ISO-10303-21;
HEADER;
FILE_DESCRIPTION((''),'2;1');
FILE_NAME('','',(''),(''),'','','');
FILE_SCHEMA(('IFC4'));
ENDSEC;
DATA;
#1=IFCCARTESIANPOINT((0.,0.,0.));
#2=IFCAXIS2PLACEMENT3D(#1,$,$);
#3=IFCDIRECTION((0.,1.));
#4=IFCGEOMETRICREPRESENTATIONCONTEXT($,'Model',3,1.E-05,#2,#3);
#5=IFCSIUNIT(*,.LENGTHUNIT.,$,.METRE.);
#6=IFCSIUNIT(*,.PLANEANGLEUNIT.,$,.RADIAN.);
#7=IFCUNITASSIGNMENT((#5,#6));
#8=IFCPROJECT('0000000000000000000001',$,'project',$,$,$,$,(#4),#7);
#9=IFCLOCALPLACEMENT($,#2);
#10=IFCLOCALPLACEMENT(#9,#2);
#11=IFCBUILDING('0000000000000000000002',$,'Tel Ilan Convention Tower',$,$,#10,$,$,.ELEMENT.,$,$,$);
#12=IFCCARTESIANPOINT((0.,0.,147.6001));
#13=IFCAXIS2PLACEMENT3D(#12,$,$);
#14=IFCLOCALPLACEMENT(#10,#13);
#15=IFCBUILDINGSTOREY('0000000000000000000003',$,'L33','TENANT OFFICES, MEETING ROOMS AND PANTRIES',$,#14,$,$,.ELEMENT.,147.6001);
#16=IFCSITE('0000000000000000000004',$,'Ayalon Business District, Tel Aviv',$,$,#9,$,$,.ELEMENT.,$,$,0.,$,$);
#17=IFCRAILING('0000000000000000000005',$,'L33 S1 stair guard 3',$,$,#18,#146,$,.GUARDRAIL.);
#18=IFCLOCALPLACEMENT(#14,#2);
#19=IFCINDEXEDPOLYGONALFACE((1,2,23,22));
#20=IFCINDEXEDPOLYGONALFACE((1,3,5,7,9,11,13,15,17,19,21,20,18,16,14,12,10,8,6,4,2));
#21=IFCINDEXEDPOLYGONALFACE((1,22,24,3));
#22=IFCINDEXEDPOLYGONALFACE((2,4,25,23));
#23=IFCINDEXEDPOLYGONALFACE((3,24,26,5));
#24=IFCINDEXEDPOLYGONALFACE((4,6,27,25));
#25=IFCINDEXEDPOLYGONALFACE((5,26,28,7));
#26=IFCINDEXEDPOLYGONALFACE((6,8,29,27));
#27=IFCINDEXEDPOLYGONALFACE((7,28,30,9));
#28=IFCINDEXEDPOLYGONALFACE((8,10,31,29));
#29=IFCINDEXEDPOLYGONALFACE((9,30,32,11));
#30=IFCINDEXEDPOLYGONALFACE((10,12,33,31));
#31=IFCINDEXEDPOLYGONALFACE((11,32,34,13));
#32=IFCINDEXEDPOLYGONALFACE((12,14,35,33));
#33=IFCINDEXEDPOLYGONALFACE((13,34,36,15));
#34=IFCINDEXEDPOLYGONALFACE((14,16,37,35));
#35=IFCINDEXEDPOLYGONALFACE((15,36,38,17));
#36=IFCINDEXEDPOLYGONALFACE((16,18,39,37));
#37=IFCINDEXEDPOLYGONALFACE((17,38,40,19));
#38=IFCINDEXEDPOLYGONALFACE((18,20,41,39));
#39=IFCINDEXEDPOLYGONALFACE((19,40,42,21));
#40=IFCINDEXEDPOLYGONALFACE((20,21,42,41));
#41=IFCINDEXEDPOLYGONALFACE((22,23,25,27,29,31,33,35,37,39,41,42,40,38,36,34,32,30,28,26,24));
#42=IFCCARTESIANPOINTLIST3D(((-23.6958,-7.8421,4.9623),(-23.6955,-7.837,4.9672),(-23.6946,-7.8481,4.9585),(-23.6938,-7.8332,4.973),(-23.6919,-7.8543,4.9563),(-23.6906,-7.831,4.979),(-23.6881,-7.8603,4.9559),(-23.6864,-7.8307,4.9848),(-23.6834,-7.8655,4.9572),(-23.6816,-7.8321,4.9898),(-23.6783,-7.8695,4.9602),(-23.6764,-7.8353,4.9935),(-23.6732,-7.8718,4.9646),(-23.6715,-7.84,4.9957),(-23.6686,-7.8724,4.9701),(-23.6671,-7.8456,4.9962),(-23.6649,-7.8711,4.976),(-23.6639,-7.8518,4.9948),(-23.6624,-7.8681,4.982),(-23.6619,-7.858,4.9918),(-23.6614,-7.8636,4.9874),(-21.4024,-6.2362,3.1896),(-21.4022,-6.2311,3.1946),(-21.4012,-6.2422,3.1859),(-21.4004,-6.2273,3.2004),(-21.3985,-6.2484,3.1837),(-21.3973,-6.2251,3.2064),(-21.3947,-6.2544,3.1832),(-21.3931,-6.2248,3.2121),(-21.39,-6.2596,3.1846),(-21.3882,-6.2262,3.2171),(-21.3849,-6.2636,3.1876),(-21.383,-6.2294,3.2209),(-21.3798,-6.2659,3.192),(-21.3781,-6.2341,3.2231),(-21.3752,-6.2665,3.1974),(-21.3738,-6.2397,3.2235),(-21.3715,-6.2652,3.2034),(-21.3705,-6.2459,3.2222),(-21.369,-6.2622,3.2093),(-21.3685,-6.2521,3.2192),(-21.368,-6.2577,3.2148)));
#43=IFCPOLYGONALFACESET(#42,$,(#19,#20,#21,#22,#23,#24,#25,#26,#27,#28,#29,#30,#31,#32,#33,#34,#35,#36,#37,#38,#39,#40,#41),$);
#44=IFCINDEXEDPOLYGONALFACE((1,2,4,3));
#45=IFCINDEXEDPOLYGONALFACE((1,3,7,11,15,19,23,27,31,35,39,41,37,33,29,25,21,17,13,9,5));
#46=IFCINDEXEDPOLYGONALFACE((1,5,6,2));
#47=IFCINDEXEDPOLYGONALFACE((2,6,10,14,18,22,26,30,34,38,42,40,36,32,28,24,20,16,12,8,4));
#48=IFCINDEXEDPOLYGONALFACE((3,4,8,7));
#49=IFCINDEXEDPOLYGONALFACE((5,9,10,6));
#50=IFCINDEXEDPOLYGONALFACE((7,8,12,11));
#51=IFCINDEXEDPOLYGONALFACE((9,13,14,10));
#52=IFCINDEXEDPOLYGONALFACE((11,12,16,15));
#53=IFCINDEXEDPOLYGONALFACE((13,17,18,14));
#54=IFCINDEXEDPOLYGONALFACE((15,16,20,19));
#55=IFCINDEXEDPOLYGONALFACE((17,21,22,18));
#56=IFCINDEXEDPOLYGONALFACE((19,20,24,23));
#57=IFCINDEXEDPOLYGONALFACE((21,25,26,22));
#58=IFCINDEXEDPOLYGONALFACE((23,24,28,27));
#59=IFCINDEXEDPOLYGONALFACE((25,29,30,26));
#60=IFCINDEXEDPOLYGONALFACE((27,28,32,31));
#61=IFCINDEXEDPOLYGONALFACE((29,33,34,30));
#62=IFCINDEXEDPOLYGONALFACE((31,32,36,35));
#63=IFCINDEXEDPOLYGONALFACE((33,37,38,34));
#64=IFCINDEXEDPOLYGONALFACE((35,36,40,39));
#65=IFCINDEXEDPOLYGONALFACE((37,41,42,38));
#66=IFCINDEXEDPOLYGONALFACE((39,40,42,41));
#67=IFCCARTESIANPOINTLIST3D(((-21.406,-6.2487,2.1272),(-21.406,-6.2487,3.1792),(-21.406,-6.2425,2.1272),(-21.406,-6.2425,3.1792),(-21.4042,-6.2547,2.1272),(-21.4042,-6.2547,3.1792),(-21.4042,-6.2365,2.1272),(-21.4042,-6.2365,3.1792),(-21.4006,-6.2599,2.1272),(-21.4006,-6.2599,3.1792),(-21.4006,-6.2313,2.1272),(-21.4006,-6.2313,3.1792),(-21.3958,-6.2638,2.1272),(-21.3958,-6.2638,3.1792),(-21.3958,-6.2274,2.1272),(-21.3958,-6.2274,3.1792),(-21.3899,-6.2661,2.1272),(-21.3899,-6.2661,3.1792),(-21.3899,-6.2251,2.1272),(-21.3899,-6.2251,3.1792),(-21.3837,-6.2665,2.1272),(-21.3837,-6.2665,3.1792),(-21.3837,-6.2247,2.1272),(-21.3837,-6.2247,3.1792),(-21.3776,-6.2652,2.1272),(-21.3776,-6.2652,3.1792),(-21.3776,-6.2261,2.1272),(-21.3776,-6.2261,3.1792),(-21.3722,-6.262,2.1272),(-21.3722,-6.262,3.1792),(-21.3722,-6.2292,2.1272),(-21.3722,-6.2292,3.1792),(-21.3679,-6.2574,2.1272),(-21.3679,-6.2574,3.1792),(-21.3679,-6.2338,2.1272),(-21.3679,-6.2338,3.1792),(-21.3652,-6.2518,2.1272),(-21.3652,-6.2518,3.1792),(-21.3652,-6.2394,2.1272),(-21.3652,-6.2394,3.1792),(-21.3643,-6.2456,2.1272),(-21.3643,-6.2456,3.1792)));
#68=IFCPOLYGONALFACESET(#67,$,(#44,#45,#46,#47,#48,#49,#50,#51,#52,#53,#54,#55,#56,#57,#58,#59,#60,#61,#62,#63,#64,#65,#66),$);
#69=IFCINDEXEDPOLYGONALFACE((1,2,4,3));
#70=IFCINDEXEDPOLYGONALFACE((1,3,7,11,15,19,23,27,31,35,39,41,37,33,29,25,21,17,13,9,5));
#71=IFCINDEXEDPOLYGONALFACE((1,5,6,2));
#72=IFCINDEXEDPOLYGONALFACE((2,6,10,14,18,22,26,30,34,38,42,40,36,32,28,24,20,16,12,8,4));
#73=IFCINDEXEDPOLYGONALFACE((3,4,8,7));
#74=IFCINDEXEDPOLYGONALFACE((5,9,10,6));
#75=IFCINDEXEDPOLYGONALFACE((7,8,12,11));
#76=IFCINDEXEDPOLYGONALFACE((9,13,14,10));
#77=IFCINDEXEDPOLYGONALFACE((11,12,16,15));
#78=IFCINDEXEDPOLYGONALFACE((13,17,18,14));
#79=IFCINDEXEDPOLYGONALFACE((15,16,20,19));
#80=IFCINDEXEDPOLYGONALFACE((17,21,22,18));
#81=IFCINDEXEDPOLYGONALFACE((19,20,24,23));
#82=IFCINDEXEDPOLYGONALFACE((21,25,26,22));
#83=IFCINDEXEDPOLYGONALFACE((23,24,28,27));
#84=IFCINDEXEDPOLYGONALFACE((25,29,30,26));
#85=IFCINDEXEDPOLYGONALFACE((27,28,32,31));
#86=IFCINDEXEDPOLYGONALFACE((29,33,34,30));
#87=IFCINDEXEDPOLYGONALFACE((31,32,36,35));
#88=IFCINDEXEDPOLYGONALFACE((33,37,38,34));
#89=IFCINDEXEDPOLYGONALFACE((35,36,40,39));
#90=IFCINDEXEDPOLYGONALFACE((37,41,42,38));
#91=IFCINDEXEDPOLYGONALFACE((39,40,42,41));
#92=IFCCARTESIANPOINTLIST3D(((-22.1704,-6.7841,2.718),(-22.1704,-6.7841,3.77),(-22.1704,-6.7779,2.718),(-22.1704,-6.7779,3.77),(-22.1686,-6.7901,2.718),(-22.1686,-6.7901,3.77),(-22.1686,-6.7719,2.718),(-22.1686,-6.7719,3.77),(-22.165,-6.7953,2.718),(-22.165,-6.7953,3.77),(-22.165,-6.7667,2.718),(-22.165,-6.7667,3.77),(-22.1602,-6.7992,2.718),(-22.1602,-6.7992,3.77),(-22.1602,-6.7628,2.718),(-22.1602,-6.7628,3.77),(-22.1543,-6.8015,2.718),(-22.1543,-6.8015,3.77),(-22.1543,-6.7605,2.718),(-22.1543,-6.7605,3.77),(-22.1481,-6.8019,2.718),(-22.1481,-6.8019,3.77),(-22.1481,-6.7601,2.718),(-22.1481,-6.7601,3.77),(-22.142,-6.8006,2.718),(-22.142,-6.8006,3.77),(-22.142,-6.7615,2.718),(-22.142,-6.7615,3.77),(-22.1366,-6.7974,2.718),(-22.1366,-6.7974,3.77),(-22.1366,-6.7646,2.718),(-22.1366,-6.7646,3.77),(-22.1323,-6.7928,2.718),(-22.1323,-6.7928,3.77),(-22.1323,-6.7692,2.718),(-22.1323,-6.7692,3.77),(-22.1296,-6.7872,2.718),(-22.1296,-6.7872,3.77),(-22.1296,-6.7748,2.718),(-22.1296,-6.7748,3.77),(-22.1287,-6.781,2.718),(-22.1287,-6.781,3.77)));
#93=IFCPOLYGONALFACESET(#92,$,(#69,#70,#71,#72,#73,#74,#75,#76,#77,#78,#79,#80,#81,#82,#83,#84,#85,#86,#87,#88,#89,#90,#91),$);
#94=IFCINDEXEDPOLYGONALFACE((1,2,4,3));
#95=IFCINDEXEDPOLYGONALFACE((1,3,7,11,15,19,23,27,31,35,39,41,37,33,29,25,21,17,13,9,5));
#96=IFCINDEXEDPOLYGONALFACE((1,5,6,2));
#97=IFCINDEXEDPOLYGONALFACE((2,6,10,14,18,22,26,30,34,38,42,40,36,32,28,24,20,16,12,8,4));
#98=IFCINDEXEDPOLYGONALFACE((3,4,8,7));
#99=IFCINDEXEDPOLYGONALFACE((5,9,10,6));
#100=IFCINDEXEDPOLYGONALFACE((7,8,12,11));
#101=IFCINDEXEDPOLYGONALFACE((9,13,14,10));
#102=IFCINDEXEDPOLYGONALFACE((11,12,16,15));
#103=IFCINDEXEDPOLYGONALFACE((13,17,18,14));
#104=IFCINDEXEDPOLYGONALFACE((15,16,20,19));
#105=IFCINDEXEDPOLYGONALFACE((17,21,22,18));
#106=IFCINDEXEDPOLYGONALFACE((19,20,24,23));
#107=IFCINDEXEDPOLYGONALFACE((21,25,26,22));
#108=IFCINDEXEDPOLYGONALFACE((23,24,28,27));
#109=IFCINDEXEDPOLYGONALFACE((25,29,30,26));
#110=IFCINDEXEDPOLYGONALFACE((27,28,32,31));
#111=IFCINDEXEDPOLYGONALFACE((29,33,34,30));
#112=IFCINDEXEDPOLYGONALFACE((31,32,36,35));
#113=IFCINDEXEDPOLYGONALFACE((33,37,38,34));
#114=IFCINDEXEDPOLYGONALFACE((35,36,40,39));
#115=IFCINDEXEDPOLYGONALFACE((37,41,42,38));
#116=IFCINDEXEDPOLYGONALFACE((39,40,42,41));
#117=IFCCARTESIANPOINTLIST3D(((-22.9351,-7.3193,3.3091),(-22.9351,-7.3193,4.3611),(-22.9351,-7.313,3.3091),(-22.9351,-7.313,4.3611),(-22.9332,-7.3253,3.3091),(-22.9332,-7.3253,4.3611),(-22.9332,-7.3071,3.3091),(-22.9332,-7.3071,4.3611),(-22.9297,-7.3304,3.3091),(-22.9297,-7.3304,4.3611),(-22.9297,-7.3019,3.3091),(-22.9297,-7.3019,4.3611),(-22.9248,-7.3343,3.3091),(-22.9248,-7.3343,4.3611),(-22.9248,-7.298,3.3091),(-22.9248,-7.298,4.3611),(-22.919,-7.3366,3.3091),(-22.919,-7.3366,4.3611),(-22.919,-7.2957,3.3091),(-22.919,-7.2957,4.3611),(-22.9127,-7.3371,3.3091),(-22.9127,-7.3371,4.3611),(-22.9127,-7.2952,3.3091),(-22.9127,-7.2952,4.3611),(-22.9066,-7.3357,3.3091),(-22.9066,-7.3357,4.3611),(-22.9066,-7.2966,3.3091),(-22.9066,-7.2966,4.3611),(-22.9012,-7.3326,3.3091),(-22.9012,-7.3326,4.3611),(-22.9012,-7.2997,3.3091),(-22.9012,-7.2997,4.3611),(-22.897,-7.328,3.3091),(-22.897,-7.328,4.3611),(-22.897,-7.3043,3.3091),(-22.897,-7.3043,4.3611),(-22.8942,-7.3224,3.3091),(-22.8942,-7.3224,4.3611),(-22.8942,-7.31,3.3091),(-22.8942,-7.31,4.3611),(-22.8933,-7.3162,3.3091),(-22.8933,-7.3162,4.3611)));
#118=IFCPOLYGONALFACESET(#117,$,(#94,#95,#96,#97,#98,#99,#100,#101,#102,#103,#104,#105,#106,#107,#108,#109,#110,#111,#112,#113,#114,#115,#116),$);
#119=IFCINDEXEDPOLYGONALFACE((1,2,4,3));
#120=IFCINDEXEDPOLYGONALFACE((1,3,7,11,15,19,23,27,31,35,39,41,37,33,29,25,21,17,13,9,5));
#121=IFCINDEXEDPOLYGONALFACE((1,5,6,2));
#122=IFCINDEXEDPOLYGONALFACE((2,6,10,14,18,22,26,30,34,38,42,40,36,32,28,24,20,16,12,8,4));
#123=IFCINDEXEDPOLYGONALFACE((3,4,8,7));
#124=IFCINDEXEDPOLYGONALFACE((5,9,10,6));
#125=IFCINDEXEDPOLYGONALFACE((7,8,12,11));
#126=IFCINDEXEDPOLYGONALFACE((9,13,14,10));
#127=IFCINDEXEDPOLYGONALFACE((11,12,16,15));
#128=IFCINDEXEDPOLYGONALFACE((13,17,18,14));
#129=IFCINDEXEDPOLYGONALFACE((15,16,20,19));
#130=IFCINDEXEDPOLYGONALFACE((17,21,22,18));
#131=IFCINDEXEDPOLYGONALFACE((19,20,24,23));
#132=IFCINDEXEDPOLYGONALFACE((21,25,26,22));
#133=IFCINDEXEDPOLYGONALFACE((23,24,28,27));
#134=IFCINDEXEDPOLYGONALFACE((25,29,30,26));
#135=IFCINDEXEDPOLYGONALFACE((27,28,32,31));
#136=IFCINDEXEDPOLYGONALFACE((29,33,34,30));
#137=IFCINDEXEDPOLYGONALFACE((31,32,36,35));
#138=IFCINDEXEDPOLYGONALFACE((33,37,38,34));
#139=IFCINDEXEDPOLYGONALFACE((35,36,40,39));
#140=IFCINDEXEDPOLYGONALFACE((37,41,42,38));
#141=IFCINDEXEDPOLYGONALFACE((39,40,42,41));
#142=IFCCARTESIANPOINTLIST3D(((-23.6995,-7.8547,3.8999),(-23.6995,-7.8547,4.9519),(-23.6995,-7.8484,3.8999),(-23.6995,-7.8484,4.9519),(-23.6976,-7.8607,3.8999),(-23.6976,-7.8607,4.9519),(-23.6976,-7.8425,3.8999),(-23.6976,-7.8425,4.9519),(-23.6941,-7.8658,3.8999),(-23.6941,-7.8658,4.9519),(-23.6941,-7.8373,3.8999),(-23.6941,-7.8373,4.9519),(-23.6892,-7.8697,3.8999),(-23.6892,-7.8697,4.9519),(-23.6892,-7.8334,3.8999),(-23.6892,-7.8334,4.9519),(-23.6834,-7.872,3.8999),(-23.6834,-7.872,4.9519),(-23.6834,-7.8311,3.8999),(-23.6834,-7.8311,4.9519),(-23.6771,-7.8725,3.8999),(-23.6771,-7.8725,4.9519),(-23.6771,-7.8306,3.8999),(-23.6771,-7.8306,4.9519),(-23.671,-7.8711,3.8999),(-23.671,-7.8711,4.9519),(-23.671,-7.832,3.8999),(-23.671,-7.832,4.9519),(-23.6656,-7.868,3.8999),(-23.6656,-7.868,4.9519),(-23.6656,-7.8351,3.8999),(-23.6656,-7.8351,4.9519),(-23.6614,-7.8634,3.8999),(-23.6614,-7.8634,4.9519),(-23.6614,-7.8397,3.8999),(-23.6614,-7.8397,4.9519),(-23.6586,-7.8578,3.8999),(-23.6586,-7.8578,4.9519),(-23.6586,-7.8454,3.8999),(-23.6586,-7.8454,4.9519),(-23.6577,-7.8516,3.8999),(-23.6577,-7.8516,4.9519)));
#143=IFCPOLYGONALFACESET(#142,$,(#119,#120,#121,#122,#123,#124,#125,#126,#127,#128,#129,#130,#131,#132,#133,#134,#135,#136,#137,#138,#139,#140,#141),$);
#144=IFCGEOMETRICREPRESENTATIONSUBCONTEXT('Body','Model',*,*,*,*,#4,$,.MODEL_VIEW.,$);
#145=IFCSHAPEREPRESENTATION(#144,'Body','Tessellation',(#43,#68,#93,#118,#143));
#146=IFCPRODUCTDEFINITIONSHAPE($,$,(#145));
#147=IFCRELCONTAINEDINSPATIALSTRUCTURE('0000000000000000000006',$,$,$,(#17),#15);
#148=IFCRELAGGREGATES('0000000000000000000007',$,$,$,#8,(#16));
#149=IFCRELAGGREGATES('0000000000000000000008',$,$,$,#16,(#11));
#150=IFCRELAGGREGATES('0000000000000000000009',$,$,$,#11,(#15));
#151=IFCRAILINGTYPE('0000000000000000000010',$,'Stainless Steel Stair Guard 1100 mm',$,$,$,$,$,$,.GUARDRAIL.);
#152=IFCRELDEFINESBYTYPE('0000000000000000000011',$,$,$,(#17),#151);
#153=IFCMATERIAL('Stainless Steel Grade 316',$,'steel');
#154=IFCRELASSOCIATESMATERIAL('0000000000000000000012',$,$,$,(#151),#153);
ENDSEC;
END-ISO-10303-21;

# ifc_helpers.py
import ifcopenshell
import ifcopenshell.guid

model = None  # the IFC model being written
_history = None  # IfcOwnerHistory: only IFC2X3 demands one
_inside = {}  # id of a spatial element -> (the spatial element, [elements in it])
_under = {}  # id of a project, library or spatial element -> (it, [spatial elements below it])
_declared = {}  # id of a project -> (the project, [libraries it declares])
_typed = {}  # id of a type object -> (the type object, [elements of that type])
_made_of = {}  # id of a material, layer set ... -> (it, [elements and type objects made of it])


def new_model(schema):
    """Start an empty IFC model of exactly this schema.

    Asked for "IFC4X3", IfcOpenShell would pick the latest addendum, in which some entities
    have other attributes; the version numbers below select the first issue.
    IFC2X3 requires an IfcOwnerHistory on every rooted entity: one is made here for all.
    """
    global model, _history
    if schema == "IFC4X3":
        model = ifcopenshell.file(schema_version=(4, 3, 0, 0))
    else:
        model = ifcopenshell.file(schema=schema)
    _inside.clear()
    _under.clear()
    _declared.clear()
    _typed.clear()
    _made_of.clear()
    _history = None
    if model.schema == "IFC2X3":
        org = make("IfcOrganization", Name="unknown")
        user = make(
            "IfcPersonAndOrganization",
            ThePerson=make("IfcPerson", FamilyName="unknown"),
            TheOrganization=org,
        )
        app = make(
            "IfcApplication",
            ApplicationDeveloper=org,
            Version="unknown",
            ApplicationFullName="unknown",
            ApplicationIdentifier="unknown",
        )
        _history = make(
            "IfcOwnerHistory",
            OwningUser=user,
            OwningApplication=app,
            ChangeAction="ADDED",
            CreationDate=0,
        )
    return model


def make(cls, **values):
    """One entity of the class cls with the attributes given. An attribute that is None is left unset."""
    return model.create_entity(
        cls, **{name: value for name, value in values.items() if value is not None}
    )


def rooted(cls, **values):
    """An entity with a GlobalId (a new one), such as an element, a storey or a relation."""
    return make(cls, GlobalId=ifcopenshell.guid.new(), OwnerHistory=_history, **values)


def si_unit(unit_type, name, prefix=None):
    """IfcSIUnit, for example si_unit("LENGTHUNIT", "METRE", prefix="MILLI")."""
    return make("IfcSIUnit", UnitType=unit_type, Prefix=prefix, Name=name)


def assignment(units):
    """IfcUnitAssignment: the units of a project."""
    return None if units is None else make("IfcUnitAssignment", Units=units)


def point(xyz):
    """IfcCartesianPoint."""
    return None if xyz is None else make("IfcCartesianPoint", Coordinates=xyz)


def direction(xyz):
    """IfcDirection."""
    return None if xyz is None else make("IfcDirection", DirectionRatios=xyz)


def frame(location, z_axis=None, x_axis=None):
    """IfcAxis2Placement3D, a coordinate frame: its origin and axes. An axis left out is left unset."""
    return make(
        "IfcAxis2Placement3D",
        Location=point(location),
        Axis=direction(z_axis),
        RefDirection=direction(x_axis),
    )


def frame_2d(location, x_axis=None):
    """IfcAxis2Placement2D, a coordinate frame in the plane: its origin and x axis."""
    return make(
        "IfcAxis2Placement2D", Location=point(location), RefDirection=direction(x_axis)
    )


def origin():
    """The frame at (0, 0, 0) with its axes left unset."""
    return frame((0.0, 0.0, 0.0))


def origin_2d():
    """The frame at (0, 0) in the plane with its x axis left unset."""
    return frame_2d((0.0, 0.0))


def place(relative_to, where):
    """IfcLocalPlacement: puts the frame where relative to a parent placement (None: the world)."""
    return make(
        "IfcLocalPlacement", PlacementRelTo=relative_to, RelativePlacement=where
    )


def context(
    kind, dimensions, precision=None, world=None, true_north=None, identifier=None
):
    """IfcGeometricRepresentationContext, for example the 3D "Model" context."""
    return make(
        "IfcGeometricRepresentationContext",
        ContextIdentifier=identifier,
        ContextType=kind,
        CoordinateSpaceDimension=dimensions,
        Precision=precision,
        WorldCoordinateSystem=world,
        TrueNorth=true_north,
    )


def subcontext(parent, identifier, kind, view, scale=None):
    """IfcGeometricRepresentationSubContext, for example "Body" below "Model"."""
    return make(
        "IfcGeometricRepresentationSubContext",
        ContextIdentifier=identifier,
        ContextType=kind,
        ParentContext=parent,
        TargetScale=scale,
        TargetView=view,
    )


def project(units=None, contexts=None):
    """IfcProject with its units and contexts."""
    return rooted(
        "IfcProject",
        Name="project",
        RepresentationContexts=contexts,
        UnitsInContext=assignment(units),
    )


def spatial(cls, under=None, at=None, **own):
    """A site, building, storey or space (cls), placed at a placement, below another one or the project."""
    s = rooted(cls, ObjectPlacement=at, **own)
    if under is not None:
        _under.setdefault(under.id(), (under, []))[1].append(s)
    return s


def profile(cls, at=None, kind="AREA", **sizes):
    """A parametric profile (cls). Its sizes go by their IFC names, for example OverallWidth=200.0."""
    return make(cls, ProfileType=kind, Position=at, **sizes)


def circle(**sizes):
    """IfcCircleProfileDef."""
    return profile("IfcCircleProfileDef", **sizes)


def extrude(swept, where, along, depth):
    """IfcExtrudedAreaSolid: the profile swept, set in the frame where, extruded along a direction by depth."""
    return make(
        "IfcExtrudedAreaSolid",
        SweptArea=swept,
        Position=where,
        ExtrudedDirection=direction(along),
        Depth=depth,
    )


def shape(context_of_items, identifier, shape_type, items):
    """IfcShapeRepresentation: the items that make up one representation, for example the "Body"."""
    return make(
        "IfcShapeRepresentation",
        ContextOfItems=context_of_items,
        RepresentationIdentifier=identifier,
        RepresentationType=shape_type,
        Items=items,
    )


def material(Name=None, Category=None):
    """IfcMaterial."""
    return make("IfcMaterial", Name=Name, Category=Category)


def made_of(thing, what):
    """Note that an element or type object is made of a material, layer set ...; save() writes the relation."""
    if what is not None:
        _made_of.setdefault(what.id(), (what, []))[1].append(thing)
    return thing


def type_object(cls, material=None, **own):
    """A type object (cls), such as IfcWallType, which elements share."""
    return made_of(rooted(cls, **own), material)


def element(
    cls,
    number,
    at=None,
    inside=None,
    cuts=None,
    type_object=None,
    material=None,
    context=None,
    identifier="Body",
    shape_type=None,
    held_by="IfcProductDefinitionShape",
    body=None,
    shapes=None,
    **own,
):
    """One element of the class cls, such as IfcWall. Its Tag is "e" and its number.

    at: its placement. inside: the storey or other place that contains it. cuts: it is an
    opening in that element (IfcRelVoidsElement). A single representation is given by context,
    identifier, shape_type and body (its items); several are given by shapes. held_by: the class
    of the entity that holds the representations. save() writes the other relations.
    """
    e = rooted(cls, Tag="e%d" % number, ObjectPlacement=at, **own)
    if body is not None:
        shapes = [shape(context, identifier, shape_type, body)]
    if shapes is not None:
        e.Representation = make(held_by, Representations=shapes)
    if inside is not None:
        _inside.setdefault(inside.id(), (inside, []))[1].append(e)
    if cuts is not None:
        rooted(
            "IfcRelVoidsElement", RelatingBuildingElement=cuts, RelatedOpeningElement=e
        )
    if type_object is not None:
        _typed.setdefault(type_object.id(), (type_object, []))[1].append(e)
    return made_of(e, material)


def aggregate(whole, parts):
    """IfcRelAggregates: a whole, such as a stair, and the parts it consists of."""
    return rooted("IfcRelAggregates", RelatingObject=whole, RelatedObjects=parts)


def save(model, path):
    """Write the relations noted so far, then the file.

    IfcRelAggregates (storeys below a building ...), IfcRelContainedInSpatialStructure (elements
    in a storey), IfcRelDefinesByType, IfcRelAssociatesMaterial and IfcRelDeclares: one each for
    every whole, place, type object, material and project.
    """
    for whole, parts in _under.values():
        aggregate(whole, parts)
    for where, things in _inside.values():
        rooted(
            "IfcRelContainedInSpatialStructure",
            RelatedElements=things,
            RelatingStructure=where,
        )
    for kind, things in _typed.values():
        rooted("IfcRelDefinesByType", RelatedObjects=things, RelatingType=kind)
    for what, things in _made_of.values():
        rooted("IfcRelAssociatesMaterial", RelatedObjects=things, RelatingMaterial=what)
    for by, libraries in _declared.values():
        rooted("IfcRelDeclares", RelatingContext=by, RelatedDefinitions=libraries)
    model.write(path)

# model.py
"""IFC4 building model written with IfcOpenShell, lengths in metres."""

from ifc_helpers import new_model, si_unit, direction, frame, origin, origin_2d, place, context, subcontext, project, spatial, circle, extrude, material, type_object, element, save


model = new_model("IFC4")

# Units and contexts
model_context = context("Model", 3, precision=1e-05, world=origin(), true_north=direction((0.0, 1.0)))
body_context = subcontext(model_context, "Body", "Model", "MODEL_VIEW")
ifc_project = project(units=[si_unit("LENGTHUNIT", "METRE"), si_unit("PLANEANGLEUNIT", "RADIAN")], contexts=[model_context])

# Site, building, storey
site_placement = place(None, origin())
site = spatial("IfcSite", under=ifc_project, at=site_placement, Name="Ayalon Business District, Tel Aviv", CompositionType="ELEMENT", RefElevation=0.0)
building_placement = place(site_placement, origin())
building = spatial("IfcBuilding", under=site, at=building_placement, Name="Tel Ilan Convention Tower", CompositionType="ELEMENT")
storey_placement = place(building_placement, frame((0.0, 0.0, 147.6001)))
storey = spatial("IfcBuildingStorey", under=building, at=storey_placement, Name="L33", Description="TENANT OFFICES, MEETING ROOMS AND PANTRIES", CompositionType="ELEMENT", Elevation=147.6001)

# Railing
ifc_material_1 = material(Name="Stainless Steel Grade 316", Category="steel")
railing_type_1 = type_object("IfcRailingType", Name="Stainless Steel Stair Guard 1100 mm", PredefinedType="GUARDRAIL", material=ifc_material_1)
railing_1_placement = place(storey_placement, frame((-21.3853, -6.2456, 2.1272)))
element("IfcRailing", 1, at=railing_1_placement, inside=storey, type_object=railing_type_1, Name="L33 S1 stair guard 3", PredefinedType="GUARDRAIL", context=body_context, shape_type="SweptSolid", body=[
    extrude(circle(Radius=0.0239, at=origin_2d()), frame((0.0, 0.0, 1.0762), z_axis=(-0.692085, -0.484621, 0.53494), x_axis=(0.573591, -0.819142, 0.0)), (0.0, 0.0, 1.0), 3.3137),
    extrude(circle(Radius=0.021, at=origin_2d()), origin(), (0.0, 0.0, 1.0), 1.052),
    extrude(circle(Radius=0.021, at=origin_2d()), frame((-0.7644, -0.5354, 0.5908)), (0.0, 0.0, 1.0), 1.052),
    extrude(circle(Radius=0.021, at=origin_2d()), frame((-1.5291, -1.0706, 1.1819)), (0.0, 0.0, 1.0), 1.052),
    extrude(circle(Radius=0.021, at=origin_2d()), frame((-2.2935, -1.606, 1.7727)), (0.0, 0.0, 1.0), 1.052),
])

save(model, "model.ifc")
